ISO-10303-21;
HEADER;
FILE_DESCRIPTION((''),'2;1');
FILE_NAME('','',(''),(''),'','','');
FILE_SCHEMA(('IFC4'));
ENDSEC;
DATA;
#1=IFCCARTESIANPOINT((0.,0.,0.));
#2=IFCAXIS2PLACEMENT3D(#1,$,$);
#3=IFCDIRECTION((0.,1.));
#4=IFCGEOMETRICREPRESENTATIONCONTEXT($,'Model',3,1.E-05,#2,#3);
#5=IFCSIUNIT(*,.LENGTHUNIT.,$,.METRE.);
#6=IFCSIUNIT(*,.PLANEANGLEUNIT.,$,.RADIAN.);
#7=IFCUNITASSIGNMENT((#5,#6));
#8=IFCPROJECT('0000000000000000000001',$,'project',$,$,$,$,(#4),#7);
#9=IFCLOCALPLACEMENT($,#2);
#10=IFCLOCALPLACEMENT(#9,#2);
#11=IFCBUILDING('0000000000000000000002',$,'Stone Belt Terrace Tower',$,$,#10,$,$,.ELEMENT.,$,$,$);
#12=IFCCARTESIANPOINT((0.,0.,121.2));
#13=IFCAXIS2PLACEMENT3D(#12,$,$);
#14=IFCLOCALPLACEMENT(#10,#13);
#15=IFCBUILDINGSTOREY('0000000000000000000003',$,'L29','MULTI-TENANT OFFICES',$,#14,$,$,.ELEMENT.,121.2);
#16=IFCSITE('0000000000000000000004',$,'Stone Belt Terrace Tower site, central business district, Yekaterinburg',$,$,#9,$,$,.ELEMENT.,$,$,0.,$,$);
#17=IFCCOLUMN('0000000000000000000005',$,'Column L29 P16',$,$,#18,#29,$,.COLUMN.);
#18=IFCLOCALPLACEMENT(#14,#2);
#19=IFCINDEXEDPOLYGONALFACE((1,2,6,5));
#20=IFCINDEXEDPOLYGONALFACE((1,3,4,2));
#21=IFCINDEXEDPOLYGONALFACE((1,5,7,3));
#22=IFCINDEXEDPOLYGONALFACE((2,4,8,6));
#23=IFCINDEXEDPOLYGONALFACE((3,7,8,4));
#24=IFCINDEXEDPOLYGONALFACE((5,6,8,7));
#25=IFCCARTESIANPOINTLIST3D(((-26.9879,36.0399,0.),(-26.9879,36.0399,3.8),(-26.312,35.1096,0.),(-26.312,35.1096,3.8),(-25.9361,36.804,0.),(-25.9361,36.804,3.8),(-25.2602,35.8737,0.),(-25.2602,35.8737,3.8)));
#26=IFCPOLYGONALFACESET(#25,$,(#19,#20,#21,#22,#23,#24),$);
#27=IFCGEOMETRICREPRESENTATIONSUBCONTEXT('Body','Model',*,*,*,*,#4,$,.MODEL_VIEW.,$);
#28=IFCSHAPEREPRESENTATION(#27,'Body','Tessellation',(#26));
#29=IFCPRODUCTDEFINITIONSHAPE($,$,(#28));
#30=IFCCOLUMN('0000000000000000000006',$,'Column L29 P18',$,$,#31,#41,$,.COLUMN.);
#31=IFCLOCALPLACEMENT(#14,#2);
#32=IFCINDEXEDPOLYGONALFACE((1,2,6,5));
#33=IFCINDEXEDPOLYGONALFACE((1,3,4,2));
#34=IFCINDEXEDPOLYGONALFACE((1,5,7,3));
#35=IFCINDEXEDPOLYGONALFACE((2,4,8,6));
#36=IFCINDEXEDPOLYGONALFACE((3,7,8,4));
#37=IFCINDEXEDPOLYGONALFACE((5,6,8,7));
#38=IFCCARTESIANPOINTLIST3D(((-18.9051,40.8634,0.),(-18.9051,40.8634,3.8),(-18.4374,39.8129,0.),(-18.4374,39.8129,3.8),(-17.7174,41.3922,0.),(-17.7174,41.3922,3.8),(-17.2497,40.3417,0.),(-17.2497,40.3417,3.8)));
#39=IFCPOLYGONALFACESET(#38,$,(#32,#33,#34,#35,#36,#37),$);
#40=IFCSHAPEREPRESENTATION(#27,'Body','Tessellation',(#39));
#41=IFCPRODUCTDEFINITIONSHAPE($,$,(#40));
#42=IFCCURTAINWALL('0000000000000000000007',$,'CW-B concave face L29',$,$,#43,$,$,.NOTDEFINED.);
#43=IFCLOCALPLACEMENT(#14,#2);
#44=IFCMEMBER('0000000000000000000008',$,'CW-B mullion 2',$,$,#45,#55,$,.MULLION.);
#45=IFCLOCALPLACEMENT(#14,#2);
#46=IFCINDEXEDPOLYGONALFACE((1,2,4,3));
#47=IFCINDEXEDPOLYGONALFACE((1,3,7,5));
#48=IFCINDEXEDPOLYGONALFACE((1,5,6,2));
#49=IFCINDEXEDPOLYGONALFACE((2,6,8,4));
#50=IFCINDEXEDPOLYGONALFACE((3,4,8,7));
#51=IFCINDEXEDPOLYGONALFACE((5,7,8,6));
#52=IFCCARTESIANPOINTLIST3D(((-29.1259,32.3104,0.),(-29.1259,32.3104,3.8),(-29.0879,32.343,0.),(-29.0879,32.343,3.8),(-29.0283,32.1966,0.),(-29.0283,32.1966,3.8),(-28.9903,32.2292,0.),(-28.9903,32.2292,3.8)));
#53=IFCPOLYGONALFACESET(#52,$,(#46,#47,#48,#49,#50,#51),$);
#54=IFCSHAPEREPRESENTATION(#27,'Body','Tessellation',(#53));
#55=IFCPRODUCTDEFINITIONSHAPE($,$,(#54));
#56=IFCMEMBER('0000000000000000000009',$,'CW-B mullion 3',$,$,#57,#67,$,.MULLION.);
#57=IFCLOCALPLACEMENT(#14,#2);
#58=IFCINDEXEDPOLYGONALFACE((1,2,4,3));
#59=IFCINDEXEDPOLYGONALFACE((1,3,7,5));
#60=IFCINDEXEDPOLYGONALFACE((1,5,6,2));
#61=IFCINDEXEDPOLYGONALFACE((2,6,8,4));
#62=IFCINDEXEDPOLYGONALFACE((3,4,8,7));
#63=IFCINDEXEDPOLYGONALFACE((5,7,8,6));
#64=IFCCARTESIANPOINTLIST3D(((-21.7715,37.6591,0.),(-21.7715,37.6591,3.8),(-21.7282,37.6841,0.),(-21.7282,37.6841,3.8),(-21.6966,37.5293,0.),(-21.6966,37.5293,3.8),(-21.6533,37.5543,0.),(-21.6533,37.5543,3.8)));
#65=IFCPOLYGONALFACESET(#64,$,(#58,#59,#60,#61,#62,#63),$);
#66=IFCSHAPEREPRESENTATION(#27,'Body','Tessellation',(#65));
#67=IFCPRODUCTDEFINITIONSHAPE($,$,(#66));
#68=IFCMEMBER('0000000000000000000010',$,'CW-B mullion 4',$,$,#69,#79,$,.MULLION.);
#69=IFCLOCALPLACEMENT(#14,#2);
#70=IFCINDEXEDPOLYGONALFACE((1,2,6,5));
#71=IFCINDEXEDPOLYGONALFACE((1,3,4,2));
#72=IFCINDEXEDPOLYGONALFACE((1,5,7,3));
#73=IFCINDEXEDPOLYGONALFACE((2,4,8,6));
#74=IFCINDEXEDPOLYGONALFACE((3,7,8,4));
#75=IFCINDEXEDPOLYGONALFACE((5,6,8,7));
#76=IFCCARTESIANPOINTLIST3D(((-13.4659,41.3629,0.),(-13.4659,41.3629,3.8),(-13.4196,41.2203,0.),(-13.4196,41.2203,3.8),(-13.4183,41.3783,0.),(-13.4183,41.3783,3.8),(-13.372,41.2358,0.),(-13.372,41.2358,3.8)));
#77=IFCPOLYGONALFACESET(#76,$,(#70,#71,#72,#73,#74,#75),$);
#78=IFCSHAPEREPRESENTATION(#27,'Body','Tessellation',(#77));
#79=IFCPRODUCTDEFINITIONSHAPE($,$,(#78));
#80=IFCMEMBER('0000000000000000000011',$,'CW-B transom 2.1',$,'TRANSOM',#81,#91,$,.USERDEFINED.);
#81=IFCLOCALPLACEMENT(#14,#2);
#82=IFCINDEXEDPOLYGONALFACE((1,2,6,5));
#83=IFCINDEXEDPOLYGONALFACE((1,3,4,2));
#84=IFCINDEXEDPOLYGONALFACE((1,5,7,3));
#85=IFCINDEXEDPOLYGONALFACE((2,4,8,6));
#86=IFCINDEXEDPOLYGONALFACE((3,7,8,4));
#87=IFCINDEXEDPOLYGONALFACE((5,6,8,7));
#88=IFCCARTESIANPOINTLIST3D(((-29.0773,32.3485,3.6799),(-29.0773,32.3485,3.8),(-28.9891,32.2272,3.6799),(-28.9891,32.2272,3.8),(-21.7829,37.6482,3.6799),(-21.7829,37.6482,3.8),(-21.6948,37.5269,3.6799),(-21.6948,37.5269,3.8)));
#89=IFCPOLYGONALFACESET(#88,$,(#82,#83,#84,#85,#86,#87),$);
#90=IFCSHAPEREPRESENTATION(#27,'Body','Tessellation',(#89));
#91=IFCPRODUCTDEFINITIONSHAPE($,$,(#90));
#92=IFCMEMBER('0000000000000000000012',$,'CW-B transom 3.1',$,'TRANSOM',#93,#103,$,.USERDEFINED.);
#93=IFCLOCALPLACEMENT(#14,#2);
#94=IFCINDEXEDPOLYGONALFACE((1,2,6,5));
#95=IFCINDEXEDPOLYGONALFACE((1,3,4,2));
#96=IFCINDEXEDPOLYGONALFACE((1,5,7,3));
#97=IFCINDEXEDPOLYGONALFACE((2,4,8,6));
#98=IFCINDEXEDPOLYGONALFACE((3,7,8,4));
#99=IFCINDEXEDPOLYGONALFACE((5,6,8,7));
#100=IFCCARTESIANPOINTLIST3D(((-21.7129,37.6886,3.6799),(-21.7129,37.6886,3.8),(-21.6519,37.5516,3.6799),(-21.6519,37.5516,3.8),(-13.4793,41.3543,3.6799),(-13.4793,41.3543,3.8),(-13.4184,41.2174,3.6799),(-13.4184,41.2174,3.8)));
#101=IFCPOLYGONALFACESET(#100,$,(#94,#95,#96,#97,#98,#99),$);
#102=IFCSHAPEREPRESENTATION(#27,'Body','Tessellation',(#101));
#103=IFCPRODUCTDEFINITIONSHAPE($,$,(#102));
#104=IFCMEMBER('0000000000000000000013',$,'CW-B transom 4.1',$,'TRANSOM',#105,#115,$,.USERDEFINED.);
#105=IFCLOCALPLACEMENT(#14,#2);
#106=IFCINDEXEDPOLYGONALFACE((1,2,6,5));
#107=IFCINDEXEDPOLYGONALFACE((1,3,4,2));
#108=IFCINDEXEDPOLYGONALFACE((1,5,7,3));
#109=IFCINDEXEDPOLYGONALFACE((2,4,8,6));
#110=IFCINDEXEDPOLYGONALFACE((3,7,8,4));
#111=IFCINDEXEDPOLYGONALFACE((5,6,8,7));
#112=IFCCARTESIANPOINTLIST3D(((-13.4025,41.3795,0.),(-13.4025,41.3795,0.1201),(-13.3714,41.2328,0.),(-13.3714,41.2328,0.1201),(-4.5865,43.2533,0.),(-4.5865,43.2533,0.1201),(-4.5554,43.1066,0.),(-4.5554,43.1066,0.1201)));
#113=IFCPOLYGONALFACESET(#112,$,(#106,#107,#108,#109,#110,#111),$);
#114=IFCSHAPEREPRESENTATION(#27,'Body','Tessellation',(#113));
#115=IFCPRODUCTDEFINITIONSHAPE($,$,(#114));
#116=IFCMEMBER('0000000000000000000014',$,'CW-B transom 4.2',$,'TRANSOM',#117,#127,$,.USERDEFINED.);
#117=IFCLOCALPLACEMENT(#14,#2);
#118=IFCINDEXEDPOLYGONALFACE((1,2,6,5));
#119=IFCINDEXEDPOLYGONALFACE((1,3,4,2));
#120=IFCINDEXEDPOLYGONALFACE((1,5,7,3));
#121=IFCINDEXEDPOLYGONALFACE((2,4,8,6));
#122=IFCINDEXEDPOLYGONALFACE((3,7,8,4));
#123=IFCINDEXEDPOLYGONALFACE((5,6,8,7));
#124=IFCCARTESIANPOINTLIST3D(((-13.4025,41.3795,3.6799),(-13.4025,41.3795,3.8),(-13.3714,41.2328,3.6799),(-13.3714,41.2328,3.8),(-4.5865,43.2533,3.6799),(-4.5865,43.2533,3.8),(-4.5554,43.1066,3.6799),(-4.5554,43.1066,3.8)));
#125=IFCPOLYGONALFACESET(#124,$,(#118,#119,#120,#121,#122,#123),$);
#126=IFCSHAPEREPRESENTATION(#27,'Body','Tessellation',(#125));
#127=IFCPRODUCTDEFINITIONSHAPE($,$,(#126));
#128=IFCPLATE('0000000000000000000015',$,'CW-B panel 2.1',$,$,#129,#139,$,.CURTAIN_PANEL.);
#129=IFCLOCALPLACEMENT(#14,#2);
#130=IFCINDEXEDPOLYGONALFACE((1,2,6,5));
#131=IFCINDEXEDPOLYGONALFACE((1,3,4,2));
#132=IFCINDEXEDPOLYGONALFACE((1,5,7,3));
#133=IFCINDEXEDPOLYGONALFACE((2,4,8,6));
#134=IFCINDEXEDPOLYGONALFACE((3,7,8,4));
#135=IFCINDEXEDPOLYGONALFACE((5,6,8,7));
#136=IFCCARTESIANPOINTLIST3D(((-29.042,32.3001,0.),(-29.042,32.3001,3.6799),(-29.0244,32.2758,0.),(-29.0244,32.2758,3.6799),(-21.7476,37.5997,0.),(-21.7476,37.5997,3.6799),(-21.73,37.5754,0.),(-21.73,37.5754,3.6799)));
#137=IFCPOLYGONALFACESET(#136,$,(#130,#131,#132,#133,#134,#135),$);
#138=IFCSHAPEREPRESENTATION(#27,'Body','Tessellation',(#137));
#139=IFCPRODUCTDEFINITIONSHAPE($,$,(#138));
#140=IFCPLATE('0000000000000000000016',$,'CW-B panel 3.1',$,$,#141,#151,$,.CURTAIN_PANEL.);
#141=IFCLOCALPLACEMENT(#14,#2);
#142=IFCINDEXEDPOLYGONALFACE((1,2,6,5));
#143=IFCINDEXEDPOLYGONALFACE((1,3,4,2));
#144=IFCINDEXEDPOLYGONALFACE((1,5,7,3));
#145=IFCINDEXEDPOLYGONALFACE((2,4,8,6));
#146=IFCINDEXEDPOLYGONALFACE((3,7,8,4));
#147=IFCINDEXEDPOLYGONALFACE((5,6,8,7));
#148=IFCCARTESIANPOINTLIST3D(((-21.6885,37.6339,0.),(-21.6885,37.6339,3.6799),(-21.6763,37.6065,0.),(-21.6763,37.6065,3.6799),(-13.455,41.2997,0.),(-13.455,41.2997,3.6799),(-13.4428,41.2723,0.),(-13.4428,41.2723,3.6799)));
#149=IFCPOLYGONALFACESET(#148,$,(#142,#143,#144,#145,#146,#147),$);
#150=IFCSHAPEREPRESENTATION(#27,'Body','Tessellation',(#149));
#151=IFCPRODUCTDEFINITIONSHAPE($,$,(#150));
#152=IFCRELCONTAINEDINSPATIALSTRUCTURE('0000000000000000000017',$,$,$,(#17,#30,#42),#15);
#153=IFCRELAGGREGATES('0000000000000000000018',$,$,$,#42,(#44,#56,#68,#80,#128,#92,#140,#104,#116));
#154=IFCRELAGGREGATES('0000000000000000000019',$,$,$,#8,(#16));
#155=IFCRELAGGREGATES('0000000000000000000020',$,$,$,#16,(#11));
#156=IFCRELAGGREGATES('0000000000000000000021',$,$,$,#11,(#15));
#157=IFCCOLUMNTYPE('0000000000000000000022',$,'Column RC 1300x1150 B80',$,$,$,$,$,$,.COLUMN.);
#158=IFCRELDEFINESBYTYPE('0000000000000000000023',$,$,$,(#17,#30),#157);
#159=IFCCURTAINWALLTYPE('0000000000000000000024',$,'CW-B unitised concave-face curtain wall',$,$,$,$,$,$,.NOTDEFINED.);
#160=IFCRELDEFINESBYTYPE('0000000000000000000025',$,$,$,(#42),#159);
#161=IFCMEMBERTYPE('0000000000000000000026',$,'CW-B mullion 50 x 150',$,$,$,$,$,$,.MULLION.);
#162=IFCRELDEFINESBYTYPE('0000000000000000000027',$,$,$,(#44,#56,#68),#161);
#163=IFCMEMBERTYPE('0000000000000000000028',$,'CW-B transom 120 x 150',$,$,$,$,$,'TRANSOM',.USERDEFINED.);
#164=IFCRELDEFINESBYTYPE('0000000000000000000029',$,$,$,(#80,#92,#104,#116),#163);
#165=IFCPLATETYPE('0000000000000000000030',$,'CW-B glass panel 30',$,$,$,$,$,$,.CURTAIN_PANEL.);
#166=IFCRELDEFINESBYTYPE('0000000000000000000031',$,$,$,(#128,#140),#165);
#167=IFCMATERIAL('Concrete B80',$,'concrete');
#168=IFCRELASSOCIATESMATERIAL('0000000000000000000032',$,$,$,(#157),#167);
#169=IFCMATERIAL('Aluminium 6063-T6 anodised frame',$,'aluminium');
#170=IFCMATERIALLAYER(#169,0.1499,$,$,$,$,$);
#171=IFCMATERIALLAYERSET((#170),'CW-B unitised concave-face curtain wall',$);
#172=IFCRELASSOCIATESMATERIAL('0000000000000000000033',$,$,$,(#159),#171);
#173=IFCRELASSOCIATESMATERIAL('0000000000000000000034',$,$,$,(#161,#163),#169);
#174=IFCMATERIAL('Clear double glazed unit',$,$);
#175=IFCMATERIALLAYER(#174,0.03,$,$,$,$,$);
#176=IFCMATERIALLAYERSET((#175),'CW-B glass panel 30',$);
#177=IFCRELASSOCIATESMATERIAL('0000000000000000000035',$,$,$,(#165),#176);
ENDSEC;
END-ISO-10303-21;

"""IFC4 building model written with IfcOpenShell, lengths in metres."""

from ifc_helpers import new_model, si_unit, direction, frame, origin, origin_2d, place, context, subcontext, project, spatial, rectangle, extrude, material, layer, layer_set, material_profile, profile_set, type_object, element, aggregate, save


model = new_model("IFC4")

# Units and contexts
model_context = context("Model", 3, precision=1e-05, world=origin(), true_north=direction((0.0, 1.0)))
body_context = subcontext(model_context, "Body", "Model", "MODEL_VIEW")
ifc_project = project(units=[si_unit("LENGTHUNIT", "METRE"), si_unit("PLANEANGLEUNIT", "RADIAN")], contexts=[model_context])

# Site, building, storey
site_placement = place(None, origin())
site = spatial("IfcSite", under=ifc_project, at=site_placement, Name="Stone Belt Terrace Tower site, central business district, Yekaterinburg", CompositionType="ELEMENT", RefElevation=0.0)
building_placement = place(site_placement, origin())
building = spatial("IfcBuilding", under=site, at=building_placement, Name="Stone Belt Terrace Tower", CompositionType="ELEMENT")
storey_placement = place(building_placement, frame((0.0, 0.0, 121.2)))
storey = spatial("IfcBuildingStorey", under=building, at=storey_placement, Name="L29", Description="MULTI-TENANT OFFICES", CompositionType="ELEMENT", Elevation=121.2)

# Columns
ifc_material_1 = material(Name="Concrete B80", Category="concrete")
ifc_material_profile_1 = material_profile(ifc_material_1, rectangle(XDim=1.3, YDim=1.1499, at=origin_2d()), Name="RC 1300x1150")
ifc_profile_set_1 = profile_set([ifc_material_profile_1], Name="Concrete B80")
column_type = type_object("IfcColumnType", Name="Column RC 1300x1150 B80", PredefinedType="COLUMN", material=ifc_profile_set_1)
for number, where, z_axis, x_axis, name in (
    (1, (-26.124, 35.9568, 0.0), (0.0, 0.0, 1.0), (0.809017, 0.587785, 0.0), "Column L29 P16"),
    (2, (-18.0774, 40.6025, 0.0), (0.0, 0.0, 1.0), (0.913545, 0.406737, 0.0), "Column L29 P18"),
):
    element("IfcColumn", number, at=place(storey_placement, frame(where, z_axis=z_axis, x_axis=x_axis)), inside=storey, type_object=column_type, Name=name, PredefinedType="COLUMN", context=body_context, shape_type="SweptSolid", body=[
        extrude(rectangle(XDim=1.3, YDim=1.1499, at=origin_2d()), origin(), (0.0, 0.0, 1.0), 3.8),
    ])

# Curtain wall, members, plates
ifc_material_2 = material(Name="Aluminium 6063-T6 anodised frame", Category="aluminium")
ifc_layer_1 = layer(ifc_material_2, 0.1499)
ifc_layer_set_1 = layer_set([ifc_layer_1], Name="CW-B unitised concave-face curtain wall")
curtain_wall_type = type_object("IfcCurtainWallType", Name="CW-B unitised concave-face curtain wall", PredefinedType="NOTDEFINED", material=ifc_layer_set_1)
curtain_wall_placement = place(storey_placement, origin())
curtain_wall = element("IfcCurtainWall", 3, at=curtain_wall_placement, inside=storey, type_object=curtain_wall_type, Name="CW-B concave face L29", PredefinedType="NOTDEFINED")
ifc_material_profile_2 = material_profile(ifc_material_2, rectangle(XDim=0.1499, YDim=0.05, at=origin_2d()), Name="Aluminium 6063-T6 50x150")
ifc_profile_set_2 = profile_set([ifc_material_profile_2], Name="Aluminium 6063-T6 anodised frame")
member_type_1 = type_object("IfcMemberType", Name="CW-B mullion 50 x 150", PredefinedType="MULLION", material=ifc_profile_set_2)
member_1_placement = place(storey_placement, frame((-29.0581, 32.2698, 0.0), z_axis=(0.0, 0.0, 1.0), x_axis=(-0.651255, 0.758859, 0.0)))
member_1 = element("IfcMember", 4, at=member_1_placement, type_object=member_type_1, Name="CW-B mullion 2", PredefinedType="MULLION", context=body_context, shape_type="SweptSolid", body=[
    extrude(rectangle(XDim=0.1499, YDim=0.05, at=origin_2d()), origin(), (0.0, 0.0, 1.0), 3.8),
])
member_2_placement = place(storey_placement, frame((-21.7124, 37.6067, 0.0), z_axis=(0.0, 0.0, 1.0), x_axis=(-0.5, 0.866025, 0.0)))
member_2 = element("IfcMember", 5, at=member_2_placement, type_object=member_type_1, Name="CW-B mullion 3", PredefinedType="MULLION", context=body_context, shape_type="SweptSolid", body=[
    extrude(rectangle(XDim=0.1499, YDim=0.05, at=origin_2d()), origin(), (0.0, 0.0, 1.0), 3.8),
])
member_3_placement = place(storey_placement, frame((-13.4189, 41.2993, 0.0), z_axis=(0.0, 0.0, 1.0), x_axis=(-0.309017, 0.951057, 0.0)))
member_3 = element("IfcMember", 6, at=member_3_placement, type_object=member_type_1, Name="CW-B mullion 4", PredefinedType="MULLION", context=body_context, shape_type="SweptSolid", body=[
    extrude(rectangle(XDim=0.1499, YDim=0.05, at=origin_2d()), origin(), (0.0, 0.0, 1.0), 3.8),
])
ifc_material_profile_3 = material_profile(ifc_material_2, rectangle(XDim=0.1499, YDim=0.1201, at=origin_2d()), Name="Aluminium 6063-T6 150x120")
ifc_profile_set_3 = profile_set([ifc_material_profile_3], Name="Aluminium 6063-T6 anodised frame")
member_type_2 = type_object("IfcMemberType", Name="CW-B transom 120 x 150", ElementType="TRANSOM", PredefinedType="USERDEFINED", material=ifc_profile_set_3)
member_4_placement = place(storey_placement, frame((-29.0332, 32.2878, 3.74), z_axis=(0.809012, 0.587792, 0.0), x_axis=(-0.587792, 0.809012, 0.0)))
member_4 = element("IfcMember", 7, at=member_4_placement, type_object=member_type_2, Name="CW-B transom 2.1", ObjectType="TRANSOM", PredefinedType="USERDEFINED", context=body_context, shape_type="SweptSolid", body=[
    extrude(rectangle(XDim=0.1499, YDim=0.1201, at=origin_2d()), origin(), (0.0, 0.0, 1.0), 9.0164),
])
member_5_placement = place(storey_placement, frame((-21.6824, 37.6201, 3.74), z_axis=(0.913549, 0.406729, 0.0), x_axis=(-0.406729, 0.913549, 0.0)))
member_5 = element("IfcMember", 8, at=member_5_placement, type_object=member_type_2, Name="CW-B transom 3.1", ObjectType="TRANSOM", PredefinedType="USERDEFINED", context=body_context, shape_type="SweptSolid", body=[
    extrude(rectangle(XDim=0.1499, YDim=0.1201, at=origin_2d()), origin(), (0.0, 0.0, 1.0), 9.0127),
])
member_6_placement = place(storey_placement, frame((-13.387, 41.3062, 0.0601), z_axis=(0.97815, 0.207901, 0.0), x_axis=(-0.207901, 0.97815, 0.0)))
member_6 = element("IfcMember", 9, at=member_6_placement, type_object=member_type_2, Name="CW-B transom 4.1", ObjectType="TRANSOM", PredefinedType="USERDEFINED", context=body_context, shape_type="SweptSolid", body=[
    extrude(rectangle(XDim=0.1499, YDim=0.1201, at=origin_2d()), origin(), (0.0, 0.0, 1.0), 9.0129),
])
member_7_placement = place(storey_placement, frame((-13.387, 41.3062, 3.74), z_axis=(0.97815, 0.207901, 0.0), x_axis=(-0.207901, 0.97815, 0.0)))
member_7 = element("IfcMember", 10, at=member_7_placement, type_object=member_type_2, Name="CW-B transom 4.2", ObjectType="TRANSOM", PredefinedType="USERDEFINED", context=body_context, shape_type="SweptSolid", body=[
    extrude(rectangle(XDim=0.1499, YDim=0.1201, at=origin_2d()), origin(), (0.0, 0.0, 1.0), 9.0129),
])
ifc_material_3 = material(Name="Clear double glazed unit")
ifc_layer_2 = layer(ifc_material_3, 0.03)
ifc_layer_set_2 = layer_set([ifc_layer_2], Name="CW-B glass panel 30")
plate_type = type_object("IfcPlateType", Name="CW-B glass panel 30", PredefinedType="CURTAIN_PANEL", material=ifc_layer_set_2)
plate_1_placement = place(storey_placement, frame((-25.386, 34.9377, 0.0), z_axis=(0.0, 0.0, 1.0), x_axis=(0.809017, 0.587785, 0.0)))
plate_1 = element("IfcPlate", 11, at=plate_1_placement, type_object=plate_type, Name="CW-B panel 2.1", PredefinedType="CURTAIN_PANEL", context=body_context, shape_type="SweptSolid", body=[
    extrude(rectangle(XDim=9.0164, YDim=0.03, at=origin_2d()), origin(), (0.0, 0.0, 1.0), 3.6799),
])
plate_2_placement = place(storey_placement, frame((-17.5657, 39.4531, 0.0), z_axis=(0.0, 0.0, 1.0), x_axis=(0.913545, 0.406737, 0.0)))
plate_2 = element("IfcPlate", 12, at=plate_2_placement, type_object=plate_type, Name="CW-B panel 3.1", PredefinedType="CURTAIN_PANEL", context=body_context, shape_type="SweptSolid", body=[
    extrude(rectangle(XDim=9.0127, YDim=0.03, at=origin_2d()), origin(), (0.0, 0.0, 1.0), 3.6799),
])
aggregate(curtain_wall, [member_1, member_2, member_3, member_4, plate_1, member_5, plate_2, member_6, member_7])

save(model, "model.ifc")
